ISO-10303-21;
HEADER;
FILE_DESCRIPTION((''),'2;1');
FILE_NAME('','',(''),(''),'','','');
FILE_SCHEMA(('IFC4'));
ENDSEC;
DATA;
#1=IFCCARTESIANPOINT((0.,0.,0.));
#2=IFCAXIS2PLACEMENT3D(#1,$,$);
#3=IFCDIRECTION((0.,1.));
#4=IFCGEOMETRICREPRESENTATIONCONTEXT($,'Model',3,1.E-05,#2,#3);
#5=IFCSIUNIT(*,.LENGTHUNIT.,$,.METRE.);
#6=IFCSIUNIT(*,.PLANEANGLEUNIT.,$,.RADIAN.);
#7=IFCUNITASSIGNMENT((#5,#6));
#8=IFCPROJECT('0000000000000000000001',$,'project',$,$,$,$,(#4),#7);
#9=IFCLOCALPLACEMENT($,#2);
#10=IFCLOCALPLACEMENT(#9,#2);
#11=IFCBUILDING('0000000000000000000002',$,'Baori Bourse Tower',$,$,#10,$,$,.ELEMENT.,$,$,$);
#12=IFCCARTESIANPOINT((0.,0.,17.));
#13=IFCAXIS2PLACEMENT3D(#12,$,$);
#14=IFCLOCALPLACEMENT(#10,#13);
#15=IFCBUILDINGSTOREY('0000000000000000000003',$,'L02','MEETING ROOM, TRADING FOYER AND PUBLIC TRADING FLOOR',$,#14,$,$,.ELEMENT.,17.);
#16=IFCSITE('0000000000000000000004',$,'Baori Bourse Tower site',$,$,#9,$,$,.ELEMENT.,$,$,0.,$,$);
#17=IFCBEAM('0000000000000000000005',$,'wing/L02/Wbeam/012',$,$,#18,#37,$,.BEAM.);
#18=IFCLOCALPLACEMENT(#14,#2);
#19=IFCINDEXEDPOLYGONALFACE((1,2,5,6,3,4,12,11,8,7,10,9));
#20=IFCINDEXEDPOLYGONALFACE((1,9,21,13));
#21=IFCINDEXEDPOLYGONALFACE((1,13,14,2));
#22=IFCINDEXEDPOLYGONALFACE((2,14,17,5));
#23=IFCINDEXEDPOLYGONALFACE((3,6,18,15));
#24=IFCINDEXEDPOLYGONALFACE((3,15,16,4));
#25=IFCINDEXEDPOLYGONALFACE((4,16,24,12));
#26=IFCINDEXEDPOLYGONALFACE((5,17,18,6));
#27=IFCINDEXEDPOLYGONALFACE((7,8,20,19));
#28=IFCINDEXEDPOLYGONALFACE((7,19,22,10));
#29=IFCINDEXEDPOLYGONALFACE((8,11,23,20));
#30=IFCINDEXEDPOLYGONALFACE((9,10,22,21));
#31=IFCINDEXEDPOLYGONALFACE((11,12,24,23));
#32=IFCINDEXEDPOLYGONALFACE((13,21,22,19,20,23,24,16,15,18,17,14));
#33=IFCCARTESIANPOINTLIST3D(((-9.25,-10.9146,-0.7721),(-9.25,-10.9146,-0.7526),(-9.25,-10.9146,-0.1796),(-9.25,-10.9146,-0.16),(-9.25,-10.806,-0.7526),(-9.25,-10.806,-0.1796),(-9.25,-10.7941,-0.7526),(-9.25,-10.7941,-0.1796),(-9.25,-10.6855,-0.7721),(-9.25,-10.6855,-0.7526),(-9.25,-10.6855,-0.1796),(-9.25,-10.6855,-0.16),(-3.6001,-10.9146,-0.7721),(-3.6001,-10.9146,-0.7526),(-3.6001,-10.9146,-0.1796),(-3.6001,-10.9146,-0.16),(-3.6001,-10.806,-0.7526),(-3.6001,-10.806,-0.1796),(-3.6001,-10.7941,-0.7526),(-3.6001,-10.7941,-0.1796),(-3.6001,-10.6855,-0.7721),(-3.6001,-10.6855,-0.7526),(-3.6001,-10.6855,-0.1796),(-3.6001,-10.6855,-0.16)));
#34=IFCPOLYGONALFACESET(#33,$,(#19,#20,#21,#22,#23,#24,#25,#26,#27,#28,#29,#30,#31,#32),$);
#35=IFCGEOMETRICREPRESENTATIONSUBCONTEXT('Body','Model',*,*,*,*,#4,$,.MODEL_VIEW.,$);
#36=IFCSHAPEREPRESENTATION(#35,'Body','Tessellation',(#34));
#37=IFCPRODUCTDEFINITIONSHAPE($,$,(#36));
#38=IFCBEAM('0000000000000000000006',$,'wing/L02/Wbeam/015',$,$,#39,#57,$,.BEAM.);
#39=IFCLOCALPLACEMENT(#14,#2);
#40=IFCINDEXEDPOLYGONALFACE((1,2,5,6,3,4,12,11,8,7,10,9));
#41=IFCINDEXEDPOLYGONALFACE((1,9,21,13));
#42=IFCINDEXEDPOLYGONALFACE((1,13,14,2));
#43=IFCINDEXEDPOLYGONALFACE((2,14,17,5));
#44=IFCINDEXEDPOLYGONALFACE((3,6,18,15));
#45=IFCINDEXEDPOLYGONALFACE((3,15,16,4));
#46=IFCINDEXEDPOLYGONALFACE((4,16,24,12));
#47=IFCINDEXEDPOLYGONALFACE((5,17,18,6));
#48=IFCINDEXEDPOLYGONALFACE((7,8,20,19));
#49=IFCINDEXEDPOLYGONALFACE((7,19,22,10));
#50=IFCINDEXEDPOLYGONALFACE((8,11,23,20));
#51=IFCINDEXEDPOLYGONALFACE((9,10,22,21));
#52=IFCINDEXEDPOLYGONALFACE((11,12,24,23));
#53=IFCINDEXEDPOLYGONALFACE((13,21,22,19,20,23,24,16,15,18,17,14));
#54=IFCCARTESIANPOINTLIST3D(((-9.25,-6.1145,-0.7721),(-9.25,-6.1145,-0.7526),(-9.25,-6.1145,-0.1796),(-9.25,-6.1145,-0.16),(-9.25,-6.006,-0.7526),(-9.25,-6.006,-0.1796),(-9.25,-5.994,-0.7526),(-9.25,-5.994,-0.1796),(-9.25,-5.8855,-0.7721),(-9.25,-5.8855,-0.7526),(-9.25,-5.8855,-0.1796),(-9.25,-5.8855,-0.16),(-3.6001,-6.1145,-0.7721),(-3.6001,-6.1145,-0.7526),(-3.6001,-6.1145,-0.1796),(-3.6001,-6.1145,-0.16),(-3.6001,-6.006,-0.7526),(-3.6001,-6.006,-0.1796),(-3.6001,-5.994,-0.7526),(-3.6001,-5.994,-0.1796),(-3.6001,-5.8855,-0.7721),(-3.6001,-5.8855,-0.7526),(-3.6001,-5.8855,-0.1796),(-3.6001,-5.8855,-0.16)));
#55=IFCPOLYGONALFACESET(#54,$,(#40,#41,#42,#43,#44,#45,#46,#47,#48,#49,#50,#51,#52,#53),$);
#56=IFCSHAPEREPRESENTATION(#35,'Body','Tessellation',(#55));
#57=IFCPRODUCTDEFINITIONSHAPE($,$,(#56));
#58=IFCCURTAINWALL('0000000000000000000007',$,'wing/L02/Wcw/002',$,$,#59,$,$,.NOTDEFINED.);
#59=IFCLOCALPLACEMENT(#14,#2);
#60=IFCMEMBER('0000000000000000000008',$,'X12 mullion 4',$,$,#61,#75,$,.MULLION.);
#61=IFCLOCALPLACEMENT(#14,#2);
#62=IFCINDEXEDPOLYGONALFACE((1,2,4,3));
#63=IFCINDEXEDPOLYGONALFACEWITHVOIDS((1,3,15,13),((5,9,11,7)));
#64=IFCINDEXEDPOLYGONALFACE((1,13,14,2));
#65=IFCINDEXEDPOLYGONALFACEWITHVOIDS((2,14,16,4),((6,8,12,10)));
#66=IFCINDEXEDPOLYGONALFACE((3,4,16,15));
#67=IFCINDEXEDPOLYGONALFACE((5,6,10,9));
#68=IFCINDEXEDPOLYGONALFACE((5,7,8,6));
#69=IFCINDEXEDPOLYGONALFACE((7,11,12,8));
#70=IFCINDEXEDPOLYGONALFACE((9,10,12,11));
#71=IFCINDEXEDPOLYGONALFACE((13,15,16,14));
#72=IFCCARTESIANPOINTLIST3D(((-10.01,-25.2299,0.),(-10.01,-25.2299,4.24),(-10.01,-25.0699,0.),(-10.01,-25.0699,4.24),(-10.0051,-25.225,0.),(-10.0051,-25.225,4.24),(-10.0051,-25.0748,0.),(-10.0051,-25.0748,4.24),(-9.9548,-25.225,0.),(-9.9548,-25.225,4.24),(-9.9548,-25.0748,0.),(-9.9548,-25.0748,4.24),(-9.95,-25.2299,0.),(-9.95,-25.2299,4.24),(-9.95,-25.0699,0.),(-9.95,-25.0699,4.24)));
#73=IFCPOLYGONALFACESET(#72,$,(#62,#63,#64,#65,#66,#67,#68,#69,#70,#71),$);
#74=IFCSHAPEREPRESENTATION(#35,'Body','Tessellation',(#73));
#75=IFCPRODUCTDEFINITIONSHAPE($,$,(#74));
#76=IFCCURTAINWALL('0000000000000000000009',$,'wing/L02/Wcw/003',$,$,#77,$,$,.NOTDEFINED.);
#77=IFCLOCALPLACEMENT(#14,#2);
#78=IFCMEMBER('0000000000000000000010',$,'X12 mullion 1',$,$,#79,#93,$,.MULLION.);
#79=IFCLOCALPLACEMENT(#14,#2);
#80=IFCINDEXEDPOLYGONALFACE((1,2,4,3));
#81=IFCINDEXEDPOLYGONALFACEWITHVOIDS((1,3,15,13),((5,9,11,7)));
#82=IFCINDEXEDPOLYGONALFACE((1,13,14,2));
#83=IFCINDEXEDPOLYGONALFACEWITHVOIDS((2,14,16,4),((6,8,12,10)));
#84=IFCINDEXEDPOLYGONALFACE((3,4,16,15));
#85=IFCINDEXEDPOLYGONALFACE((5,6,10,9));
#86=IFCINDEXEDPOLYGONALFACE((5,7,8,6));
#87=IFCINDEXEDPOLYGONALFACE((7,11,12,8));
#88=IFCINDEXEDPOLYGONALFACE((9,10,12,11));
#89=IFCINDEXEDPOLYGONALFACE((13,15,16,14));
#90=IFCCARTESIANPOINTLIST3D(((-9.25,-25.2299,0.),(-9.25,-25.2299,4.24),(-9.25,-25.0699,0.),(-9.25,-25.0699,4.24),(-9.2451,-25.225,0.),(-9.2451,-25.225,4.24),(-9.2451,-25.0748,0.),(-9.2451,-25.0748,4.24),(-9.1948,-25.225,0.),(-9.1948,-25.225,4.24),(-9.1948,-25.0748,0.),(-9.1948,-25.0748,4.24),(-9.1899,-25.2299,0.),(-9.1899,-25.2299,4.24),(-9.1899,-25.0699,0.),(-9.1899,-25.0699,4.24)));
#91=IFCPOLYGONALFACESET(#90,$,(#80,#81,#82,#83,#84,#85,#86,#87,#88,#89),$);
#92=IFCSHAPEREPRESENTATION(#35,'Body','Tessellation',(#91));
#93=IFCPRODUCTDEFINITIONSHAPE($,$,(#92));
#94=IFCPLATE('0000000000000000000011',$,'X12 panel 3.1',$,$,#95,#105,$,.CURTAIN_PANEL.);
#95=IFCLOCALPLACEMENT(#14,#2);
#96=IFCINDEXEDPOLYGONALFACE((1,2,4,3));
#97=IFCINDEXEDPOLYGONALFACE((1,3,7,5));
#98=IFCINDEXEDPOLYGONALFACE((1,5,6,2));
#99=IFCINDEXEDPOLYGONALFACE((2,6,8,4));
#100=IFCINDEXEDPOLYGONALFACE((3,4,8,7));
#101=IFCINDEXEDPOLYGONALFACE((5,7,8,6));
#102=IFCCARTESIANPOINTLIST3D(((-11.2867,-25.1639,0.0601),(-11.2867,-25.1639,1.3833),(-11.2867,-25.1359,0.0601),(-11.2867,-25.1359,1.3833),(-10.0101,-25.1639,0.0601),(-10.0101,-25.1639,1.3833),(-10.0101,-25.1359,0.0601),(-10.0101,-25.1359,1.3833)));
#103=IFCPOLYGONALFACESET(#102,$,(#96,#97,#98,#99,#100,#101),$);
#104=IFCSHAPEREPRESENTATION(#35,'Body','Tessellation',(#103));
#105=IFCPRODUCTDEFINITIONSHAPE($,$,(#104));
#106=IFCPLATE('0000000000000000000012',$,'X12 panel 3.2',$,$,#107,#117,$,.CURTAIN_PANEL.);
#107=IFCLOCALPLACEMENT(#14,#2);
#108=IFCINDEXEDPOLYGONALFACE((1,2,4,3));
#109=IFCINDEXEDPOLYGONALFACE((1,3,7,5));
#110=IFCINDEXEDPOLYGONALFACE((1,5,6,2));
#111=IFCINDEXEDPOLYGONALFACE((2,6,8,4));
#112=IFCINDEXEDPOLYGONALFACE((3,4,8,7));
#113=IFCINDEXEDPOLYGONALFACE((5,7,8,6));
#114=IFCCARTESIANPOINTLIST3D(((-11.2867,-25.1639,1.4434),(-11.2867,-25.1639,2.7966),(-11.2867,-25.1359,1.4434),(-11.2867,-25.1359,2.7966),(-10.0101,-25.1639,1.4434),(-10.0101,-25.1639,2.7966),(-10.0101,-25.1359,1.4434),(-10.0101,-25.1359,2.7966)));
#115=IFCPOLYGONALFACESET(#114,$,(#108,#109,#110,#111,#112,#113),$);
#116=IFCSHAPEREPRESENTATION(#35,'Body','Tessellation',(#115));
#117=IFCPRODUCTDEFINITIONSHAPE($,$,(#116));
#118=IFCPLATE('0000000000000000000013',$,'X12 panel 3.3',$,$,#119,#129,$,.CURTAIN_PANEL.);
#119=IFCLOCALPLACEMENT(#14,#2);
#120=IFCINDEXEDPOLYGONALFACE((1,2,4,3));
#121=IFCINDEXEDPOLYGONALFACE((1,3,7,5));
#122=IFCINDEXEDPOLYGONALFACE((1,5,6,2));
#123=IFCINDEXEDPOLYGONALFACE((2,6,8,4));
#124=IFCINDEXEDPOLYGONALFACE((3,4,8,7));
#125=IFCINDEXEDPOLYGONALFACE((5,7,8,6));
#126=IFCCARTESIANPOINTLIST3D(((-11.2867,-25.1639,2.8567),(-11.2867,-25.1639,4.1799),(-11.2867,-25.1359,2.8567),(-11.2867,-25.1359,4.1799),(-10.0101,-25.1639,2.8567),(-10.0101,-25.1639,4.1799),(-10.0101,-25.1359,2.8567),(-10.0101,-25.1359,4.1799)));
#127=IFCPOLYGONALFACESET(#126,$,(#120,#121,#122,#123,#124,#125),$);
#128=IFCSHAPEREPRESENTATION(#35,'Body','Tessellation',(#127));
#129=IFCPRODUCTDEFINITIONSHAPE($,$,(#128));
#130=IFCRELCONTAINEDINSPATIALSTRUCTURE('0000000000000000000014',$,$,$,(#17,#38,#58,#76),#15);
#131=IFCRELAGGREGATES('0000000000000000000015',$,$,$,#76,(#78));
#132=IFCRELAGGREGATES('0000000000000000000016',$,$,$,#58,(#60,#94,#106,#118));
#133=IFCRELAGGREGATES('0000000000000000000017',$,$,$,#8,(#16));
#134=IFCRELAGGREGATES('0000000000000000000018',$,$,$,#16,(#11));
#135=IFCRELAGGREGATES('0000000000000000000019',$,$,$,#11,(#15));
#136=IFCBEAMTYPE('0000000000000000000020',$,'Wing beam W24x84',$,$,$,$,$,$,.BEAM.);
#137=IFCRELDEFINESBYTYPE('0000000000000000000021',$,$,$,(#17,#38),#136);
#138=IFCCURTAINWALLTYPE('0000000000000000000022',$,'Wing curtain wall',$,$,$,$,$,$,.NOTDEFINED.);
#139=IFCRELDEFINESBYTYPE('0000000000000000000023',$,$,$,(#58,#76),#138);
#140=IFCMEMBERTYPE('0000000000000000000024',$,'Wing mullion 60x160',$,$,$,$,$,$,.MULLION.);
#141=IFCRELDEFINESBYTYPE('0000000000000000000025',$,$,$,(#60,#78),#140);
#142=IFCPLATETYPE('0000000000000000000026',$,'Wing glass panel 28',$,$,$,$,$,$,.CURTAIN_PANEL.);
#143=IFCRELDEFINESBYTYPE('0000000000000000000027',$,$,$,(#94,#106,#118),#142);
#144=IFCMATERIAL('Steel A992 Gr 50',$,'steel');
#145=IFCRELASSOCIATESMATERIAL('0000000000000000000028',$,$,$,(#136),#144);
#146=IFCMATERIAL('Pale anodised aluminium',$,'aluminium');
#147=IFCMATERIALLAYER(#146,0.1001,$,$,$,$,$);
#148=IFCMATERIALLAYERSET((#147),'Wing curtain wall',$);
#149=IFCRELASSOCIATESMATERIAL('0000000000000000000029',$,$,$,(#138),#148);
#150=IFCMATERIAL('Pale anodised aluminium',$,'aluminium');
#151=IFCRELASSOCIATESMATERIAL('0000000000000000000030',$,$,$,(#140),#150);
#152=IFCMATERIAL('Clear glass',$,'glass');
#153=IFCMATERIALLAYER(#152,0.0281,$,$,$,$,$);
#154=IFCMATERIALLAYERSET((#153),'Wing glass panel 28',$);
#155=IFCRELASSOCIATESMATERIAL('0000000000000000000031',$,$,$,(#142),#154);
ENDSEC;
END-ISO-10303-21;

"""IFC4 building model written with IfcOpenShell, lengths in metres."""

from ifc_helpers import new_model, si_unit, direction, frame, origin, origin_2d, place, context, subcontext, project, spatial, rectangle, hollow_rectangle, i_section, extrude, material, layer, layer_set, material_profile, profile_set, type_object, element, aggregate, save


model = new_model("IFC4")

# Units and contexts
model_context = context("Model", 3, precision=1e-05, world=origin(), true_north=direction((0.0, 1.0)))
body_context = subcontext(model_context, "Body", "Model", "MODEL_VIEW")
ifc_project = project(units=[si_unit("LENGTHUNIT", "METRE"), si_unit("PLANEANGLEUNIT", "RADIAN")], contexts=[model_context])

# Site, building, storey
site_placement = place(None, origin())
site = spatial("IfcSite", under=ifc_project, at=site_placement, Name="Baori Bourse Tower site", CompositionType="ELEMENT", RefElevation=0.0)
building_placement = place(site_placement, origin())
building = spatial("IfcBuilding", under=site, at=building_placement, Name="Baori Bourse Tower", CompositionType="ELEMENT")
storey_placement = place(building_placement, frame((0.0, 0.0, 17.0)))
storey = spatial("IfcBuildingStorey", under=building, at=storey_placement, Name="L02", Description="MEETING ROOM, TRADING FOYER AND PUBLIC TRADING FLOOR", CompositionType="ELEMENT", Elevation=17.0)

# Beams
ifc_material_1 = material(Name="Steel A992 Gr 50", Category="steel")
ifc_material_profile_1 = material_profile(ifc_material_1, i_section(OverallWidth=0.229, OverallDepth=0.6121, WebThickness=0.012, FlangeThickness=0.0195, at=origin_2d()), Name="W24x84")
ifc_profile_set_1 = profile_set([ifc_material_profile_1], Name="Steel A992 Gr 50")
beam_type_1 = type_object("IfcBeamType", Name="Wing beam W24x84", PredefinedType="BEAM", material=ifc_profile_set_1)
for number, where, z_axis, x_axis, name in (
    (1, (-9.25, -10.8, -0.4661), (1.0, 0.0, 0.0), (0.0, 1.0, 0.0), "wing/L02/Wbeam/012"),
    (2, (-9.25, -6.0, -0.4661), (1.0, 0.0, 0.0), (0.0, 1.0, 0.0), "wing/L02/Wbeam/015"),
):
    element("IfcBeam", number, at=place(storey_placement, frame(where, z_axis=z_axis, x_axis=x_axis)), inside=storey, type_object=beam_type_1, Name=name, PredefinedType="BEAM", context=body_context, shape_type="SweptSolid", body=[
        extrude(i_section(OverallWidth=0.229, OverallDepth=0.6121, WebThickness=0.012, FlangeThickness=0.0195, at=origin_2d()), origin(), (0.0, 0.0, 1.0), 5.6499),
    ])

# Curtain walls, members
ifc_material_2 = material(Name="Pale anodised aluminium", Category="aluminium")
ifc_layer_1 = layer(ifc_material_2, 0.1001)
ifc_layer_set_1 = layer_set([ifc_layer_1], Name="Wing curtain wall")
curtain_wall_type = type_object("IfcCurtainWallType", Name="Wing curtain wall", PredefinedType="NOTDEFINED", material=ifc_layer_set_1)
curtain_wall_1_placement = place(storey_placement, origin())
curtain_wall_1 = element("IfcCurtainWall", 3, at=curtain_wall_1_placement, inside=storey, type_object=curtain_wall_type, Name="wing/L02/Wcw/002", PredefinedType="NOTDEFINED")
ifc_material_3 = material(Name="Pale anodised aluminium", Category="aluminium")
ifc_material_profile_2 = material_profile(ifc_material_3, hollow_rectangle(XDim=0.1599, YDim=0.0601, WallThickness=0.0049, at=origin_2d()), Name="Mullion 160x60x5")
ifc_profile_set_2 = profile_set([ifc_material_profile_2], Name="Pale anodised aluminium")
member_type = type_object("IfcMemberType", Name="Wing mullion 60x160", PredefinedType="MULLION", material=ifc_profile_set_2)
member_1_placement = place(storey_placement, frame((-9.98, -25.1499, 0.0), z_axis=(0.0, 0.0, 1.0), x_axis=(0.0, 1.0, 0.0)))
member_1 = element("IfcMember", 4, at=member_1_placement, type_object=member_type, Name="X12 mullion 4", PredefinedType="MULLION", context=body_context, shape_type="SweptSolid", body=[
    extrude(hollow_rectangle(XDim=0.1599, YDim=0.0601, WallThickness=0.0049, at=origin_2d()), origin(), (0.0, 0.0, 1.0), 4.24),
])
curtain_wall_2_placement = place(storey_placement, origin())
curtain_wall_2 = element("IfcCurtainWall", 5, at=curtain_wall_2_placement, inside=storey, type_object=curtain_wall_type, Name="wing/L02/Wcw/003", PredefinedType="NOTDEFINED")
member_2_placement = place(storey_placement, frame((-9.22, -25.1499, 0.0), z_axis=(0.0, 0.0, 1.0), x_axis=(0.0, 1.0, 0.0)))
member_2 = element("IfcMember", 6, at=member_2_placement, type_object=member_type, Name="X12 mullion 1", PredefinedType="MULLION", context=body_context, shape_type="SweptSolid", body=[
    extrude(hollow_rectangle(XDim=0.1599, YDim=0.0601, WallThickness=0.0049, at=origin_2d()), origin(), (0.0, 0.0, 1.0), 4.24),
])
aggregate(curtain_wall_2, [member_2])

# Plates
ifc_material_4 = material(Name="Clear glass", Category="glass")
ifc_layer_2 = layer(ifc_material_4, 0.0281)
ifc_layer_set_2 = layer_set([ifc_layer_2], Name="Wing glass panel 28")
plate_type = type_object("IfcPlateType", Name="Wing glass panel 28", PredefinedType="CURTAIN_PANEL", material=ifc_layer_set_2)
plate_1_placement = place(storey_placement, frame((-10.6484, -25.1499, 0.0601), z_axis=(0.0, 0.0, 1.0), x_axis=(1.0, 0.0, 0.0)))
plate_1 = element("IfcPlate", 7, at=plate_1_placement, type_object=plate_type, Name="X12 panel 3.1", PredefinedType="CURTAIN_PANEL", context=body_context, shape_type="SweptSolid", body=[
    extrude(rectangle(XDim=1.2766, YDim=0.0281, at=origin_2d()), origin(), (0.0, 0.0, 1.0), 1.3232),
])
plate_2_placement = place(storey_placement, frame((-10.6484, -25.1499, 1.4434), z_axis=(0.0, 0.0, 1.0), x_axis=(1.0, 0.0, 0.0)))
plate_2 = element("IfcPlate", 8, at=plate_2_placement, type_object=plate_type, Name="X12 panel 3.2", PredefinedType="CURTAIN_PANEL", context=body_context, shape_type="SweptSolid", body=[
    extrude(rectangle(XDim=1.2766, YDim=0.0281, at=origin_2d()), origin(), (0.0, 0.0, 1.0), 1.3533),
])
plate_3_placement = place(storey_placement, frame((-10.6484, -25.1499, 2.8567), z_axis=(0.0, 0.0, 1.0), x_axis=(1.0, 0.0, 0.0)))
plate_3 = element("IfcPlate", 9, at=plate_3_placement, type_object=plate_type, Name="X12 panel 3.3", PredefinedType="CURTAIN_PANEL", context=body_context, shape_type="SweptSolid", body=[
    extrude(rectangle(XDim=1.2766, YDim=0.0281, at=origin_2d()), origin(), (0.0, 0.0, 1.0), 1.3232),
])
aggregate(curtain_wall_1, [member_1, plate_1, plate_2, plate_3])

save(model, "model.ifc")
